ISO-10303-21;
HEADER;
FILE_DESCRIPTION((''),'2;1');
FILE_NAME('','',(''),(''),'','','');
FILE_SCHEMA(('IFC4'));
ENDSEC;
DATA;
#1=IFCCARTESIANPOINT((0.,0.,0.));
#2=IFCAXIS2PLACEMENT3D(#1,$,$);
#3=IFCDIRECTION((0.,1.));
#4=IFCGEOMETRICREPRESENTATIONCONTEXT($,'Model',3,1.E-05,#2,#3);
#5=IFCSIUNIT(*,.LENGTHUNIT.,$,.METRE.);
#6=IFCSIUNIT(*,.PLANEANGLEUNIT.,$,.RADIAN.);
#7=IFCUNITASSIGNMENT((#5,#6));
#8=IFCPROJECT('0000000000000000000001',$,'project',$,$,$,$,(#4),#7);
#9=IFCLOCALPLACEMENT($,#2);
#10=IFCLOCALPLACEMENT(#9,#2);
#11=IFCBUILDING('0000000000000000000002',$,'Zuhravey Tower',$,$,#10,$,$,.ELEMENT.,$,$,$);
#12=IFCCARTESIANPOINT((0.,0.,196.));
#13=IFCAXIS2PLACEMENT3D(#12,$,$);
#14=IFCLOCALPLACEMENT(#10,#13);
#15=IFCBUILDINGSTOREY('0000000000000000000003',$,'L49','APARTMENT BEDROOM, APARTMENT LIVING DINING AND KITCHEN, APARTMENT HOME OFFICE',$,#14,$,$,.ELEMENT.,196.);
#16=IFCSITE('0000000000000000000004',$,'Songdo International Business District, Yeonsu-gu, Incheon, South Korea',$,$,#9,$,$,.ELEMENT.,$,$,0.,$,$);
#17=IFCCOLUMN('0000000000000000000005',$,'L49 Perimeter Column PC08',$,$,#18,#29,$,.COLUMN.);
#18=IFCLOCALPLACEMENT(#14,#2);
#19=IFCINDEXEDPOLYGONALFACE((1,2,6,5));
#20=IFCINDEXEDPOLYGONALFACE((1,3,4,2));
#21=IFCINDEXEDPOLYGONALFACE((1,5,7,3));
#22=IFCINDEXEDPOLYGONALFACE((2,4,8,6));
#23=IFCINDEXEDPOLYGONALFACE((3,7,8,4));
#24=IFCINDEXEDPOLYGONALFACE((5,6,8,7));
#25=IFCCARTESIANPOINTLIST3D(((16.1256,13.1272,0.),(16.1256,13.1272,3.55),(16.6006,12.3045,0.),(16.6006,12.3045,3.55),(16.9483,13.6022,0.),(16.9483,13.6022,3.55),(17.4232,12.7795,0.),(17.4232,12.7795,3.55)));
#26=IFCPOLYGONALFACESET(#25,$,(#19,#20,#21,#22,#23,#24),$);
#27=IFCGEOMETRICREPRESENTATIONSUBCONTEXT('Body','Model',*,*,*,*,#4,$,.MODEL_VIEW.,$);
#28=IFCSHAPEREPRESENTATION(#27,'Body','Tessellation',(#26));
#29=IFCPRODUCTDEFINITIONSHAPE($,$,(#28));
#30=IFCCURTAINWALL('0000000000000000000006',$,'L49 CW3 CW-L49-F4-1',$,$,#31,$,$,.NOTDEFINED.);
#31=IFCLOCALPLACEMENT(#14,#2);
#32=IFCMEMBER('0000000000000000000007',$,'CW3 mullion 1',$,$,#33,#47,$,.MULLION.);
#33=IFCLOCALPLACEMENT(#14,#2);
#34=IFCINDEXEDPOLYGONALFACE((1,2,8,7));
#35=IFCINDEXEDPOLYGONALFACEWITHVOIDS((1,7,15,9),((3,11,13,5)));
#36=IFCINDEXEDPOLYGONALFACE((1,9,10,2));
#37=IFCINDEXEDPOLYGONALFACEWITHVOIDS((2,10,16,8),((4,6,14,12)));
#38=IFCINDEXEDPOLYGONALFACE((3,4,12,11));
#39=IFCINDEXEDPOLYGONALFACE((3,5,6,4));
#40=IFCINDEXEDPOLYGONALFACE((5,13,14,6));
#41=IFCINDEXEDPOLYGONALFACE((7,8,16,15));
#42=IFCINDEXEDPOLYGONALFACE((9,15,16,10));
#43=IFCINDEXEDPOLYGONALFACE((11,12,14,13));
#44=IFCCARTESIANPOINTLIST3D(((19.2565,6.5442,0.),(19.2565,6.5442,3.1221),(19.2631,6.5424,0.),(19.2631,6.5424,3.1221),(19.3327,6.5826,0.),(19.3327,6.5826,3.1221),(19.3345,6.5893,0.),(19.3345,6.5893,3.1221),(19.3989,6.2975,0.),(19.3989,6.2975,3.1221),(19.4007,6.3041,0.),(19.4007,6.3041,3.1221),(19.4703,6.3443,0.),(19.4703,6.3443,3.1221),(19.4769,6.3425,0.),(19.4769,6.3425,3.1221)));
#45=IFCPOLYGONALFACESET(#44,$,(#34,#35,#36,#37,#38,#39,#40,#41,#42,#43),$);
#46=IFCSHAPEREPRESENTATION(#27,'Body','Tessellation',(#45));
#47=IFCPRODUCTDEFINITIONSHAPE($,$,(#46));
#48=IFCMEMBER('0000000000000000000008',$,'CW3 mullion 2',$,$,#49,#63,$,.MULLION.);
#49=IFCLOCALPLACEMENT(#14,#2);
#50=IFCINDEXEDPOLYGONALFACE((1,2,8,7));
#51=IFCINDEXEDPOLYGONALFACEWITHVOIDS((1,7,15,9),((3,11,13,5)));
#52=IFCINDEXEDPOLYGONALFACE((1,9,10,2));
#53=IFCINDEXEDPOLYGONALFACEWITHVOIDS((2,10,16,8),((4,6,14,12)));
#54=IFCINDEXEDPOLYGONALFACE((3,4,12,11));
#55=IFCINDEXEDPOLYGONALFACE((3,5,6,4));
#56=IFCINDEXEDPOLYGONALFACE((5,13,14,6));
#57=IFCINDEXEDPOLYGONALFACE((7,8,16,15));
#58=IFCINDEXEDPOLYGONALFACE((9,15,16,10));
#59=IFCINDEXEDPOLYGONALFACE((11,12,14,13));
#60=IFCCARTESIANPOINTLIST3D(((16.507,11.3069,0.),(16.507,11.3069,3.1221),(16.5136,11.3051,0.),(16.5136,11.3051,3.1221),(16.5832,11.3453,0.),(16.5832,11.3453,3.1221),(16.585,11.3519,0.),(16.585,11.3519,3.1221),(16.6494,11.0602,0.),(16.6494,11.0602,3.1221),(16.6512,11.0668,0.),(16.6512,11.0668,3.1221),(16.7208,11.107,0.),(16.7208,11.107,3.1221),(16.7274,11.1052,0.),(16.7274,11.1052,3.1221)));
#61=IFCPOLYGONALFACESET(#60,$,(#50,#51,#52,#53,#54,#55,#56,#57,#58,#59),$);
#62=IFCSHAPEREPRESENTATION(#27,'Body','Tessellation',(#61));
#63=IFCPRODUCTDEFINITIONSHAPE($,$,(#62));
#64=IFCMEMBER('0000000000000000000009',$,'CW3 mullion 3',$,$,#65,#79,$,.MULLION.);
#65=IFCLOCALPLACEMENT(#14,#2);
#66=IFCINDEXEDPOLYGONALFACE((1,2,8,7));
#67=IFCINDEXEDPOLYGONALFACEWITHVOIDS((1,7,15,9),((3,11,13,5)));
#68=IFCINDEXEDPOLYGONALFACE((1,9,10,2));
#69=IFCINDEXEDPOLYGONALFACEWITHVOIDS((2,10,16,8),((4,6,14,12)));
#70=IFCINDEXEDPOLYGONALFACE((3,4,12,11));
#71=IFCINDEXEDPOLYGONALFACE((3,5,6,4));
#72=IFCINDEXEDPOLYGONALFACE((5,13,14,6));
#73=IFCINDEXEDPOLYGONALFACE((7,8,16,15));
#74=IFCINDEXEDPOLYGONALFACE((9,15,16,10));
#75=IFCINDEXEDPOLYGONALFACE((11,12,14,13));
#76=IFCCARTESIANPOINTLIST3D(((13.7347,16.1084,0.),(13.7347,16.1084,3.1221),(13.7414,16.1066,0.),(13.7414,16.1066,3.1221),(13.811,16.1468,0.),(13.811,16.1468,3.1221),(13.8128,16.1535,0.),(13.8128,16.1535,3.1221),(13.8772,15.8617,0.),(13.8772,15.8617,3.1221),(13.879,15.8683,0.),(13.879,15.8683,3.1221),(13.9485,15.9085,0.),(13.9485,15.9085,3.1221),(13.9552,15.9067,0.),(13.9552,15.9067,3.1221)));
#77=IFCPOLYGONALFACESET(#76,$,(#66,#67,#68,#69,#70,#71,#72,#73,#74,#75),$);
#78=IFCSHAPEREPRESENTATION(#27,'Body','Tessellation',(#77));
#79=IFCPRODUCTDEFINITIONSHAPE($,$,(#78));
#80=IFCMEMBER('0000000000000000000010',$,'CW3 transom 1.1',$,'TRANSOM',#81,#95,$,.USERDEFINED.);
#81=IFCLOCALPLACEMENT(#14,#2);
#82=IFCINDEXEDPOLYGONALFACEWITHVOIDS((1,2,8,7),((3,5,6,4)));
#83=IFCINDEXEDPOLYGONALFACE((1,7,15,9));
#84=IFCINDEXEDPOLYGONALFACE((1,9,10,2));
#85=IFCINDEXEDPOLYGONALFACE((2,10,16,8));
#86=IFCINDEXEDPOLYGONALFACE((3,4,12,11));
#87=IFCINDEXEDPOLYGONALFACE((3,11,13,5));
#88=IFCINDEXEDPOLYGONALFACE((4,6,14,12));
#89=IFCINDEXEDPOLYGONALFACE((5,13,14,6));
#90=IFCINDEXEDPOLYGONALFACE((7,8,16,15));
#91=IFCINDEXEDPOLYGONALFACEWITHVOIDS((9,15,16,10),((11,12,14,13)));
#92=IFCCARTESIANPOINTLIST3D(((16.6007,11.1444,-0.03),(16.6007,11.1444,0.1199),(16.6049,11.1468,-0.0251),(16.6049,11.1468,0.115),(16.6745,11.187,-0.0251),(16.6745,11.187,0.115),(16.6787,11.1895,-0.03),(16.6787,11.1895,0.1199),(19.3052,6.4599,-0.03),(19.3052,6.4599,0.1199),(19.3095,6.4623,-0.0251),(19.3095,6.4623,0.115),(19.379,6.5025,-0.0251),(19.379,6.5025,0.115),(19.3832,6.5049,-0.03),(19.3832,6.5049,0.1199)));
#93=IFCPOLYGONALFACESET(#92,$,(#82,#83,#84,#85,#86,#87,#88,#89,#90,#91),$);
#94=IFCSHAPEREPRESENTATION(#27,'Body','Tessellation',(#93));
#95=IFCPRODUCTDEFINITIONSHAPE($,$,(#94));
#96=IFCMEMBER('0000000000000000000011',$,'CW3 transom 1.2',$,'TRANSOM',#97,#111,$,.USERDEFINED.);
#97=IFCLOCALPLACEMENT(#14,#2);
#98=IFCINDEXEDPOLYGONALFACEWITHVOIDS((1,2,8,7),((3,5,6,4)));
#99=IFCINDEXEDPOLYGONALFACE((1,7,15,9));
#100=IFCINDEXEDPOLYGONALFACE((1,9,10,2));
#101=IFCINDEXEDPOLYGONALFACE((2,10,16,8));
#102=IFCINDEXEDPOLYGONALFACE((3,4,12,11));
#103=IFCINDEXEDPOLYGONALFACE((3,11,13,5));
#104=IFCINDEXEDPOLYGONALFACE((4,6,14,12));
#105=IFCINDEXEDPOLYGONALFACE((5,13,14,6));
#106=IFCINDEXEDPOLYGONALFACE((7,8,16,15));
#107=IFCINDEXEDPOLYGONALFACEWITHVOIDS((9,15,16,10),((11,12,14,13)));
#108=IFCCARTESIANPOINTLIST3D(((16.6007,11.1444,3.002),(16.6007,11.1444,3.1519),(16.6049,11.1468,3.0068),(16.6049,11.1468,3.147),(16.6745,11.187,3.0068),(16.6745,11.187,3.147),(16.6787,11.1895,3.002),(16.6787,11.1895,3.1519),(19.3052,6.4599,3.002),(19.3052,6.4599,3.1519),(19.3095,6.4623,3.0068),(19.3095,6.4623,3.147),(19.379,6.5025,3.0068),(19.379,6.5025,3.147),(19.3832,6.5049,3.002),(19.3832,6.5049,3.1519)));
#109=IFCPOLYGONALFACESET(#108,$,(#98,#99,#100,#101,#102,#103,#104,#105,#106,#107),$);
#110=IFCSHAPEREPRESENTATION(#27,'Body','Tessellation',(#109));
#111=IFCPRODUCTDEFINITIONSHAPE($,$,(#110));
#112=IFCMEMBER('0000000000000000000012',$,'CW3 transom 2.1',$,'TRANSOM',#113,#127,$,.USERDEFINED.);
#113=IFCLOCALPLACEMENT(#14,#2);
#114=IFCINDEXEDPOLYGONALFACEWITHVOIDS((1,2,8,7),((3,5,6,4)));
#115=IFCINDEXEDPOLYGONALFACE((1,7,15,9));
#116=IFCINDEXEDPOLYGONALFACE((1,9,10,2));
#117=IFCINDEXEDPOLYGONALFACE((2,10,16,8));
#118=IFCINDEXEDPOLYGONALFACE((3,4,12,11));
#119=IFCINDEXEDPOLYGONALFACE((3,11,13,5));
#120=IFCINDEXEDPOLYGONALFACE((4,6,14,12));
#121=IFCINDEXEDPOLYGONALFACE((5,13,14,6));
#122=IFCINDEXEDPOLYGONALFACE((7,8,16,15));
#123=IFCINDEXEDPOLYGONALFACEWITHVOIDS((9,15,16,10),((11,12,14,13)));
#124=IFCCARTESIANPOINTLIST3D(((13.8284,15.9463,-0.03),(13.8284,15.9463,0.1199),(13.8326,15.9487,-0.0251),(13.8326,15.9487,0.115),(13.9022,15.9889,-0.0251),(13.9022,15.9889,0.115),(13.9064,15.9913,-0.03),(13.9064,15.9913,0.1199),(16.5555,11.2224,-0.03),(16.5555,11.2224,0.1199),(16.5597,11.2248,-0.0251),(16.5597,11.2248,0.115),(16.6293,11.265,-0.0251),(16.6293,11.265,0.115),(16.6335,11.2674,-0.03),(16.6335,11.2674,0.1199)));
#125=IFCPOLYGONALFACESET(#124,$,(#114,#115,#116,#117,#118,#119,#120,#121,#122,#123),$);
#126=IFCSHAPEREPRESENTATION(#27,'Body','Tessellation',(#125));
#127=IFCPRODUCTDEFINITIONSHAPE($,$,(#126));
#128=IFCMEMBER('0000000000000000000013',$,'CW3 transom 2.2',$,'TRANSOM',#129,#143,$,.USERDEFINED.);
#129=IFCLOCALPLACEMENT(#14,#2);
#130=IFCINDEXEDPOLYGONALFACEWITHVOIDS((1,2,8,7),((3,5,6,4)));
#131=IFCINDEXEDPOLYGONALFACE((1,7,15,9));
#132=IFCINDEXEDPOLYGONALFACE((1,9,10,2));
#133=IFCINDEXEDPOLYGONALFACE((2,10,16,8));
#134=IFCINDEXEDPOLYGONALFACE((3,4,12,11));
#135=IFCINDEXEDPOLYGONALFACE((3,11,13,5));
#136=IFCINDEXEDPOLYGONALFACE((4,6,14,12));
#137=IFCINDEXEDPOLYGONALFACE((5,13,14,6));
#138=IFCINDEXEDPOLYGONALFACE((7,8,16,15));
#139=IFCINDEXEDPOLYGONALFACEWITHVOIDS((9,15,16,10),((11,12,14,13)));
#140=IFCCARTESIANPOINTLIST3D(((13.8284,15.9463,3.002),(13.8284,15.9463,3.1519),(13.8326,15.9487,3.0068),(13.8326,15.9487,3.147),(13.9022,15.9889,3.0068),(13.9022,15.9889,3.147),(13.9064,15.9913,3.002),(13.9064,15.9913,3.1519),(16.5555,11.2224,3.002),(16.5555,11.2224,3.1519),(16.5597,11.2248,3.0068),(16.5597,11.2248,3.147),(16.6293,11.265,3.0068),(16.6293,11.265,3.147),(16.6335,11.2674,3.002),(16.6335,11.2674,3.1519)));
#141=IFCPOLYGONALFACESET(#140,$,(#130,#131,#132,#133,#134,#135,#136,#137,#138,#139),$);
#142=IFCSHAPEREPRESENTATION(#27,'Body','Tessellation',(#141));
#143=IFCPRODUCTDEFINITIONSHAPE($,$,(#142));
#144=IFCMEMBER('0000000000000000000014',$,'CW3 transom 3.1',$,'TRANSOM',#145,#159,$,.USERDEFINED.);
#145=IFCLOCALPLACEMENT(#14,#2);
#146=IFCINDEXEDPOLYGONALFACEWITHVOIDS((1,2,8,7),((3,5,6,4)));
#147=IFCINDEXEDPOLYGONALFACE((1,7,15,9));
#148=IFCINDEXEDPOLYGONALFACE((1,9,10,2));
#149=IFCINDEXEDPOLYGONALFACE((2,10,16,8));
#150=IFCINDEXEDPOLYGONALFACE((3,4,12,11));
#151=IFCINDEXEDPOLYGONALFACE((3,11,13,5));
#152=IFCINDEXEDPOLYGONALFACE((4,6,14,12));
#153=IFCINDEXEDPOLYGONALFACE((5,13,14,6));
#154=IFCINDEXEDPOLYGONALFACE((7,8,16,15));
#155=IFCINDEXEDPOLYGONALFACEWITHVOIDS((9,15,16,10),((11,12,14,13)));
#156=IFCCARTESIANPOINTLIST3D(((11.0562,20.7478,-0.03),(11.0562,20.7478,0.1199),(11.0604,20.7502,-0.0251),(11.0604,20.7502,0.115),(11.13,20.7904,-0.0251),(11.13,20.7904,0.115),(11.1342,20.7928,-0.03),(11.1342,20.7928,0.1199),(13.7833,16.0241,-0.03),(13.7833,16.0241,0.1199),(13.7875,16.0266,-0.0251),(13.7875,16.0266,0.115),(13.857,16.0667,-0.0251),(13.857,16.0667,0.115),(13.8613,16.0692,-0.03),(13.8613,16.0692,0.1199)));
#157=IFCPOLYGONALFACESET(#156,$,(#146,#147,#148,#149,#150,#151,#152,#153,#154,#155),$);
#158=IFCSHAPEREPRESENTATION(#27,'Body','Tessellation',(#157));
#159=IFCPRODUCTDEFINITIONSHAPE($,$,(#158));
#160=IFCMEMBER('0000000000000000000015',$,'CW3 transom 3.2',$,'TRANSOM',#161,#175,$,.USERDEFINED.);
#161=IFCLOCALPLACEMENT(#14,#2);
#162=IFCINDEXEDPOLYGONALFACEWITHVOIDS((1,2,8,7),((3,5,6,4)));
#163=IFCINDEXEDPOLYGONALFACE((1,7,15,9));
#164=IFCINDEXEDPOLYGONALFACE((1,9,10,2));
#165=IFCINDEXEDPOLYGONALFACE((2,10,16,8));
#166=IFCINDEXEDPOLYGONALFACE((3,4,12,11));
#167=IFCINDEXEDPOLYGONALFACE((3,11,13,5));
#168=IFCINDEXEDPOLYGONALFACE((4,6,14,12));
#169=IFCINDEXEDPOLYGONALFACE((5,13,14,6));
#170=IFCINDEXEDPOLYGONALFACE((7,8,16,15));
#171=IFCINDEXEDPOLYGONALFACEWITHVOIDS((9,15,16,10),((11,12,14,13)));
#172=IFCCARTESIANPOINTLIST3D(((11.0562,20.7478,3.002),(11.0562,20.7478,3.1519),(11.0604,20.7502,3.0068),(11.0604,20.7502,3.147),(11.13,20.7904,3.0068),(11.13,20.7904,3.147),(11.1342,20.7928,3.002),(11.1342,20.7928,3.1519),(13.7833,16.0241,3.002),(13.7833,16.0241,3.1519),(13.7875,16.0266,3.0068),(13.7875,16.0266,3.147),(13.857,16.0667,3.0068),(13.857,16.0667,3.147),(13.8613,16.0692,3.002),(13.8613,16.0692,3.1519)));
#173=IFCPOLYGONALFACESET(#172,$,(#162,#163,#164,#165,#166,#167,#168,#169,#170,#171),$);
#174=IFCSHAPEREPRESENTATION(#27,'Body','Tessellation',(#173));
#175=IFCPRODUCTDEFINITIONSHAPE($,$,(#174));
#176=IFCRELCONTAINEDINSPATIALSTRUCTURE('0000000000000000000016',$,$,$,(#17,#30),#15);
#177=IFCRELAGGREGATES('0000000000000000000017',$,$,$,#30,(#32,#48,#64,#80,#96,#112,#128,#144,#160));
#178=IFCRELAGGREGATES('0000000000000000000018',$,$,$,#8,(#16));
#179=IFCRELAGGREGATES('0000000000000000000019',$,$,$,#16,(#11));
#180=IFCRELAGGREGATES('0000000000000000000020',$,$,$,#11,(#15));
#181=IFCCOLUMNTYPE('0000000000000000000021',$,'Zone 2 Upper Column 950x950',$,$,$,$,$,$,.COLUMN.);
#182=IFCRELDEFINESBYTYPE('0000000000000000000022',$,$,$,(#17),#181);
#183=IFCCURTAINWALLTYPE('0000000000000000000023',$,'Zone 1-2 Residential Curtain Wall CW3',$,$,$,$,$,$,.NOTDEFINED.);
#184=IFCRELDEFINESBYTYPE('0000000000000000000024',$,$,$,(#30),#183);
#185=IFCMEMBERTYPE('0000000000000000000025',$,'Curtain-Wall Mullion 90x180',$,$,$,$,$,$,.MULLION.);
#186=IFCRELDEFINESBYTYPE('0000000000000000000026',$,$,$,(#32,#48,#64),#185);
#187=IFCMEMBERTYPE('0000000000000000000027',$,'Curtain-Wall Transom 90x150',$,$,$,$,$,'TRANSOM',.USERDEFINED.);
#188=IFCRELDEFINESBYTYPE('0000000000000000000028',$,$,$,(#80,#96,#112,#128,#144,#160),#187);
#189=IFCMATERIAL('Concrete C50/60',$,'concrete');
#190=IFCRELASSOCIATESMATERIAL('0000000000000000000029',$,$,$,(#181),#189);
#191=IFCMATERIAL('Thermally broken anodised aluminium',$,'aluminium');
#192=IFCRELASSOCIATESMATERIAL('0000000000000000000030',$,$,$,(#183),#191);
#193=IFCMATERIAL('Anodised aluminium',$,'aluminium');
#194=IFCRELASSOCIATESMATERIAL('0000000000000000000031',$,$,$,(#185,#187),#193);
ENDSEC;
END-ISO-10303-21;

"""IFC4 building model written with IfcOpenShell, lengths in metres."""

from ifc_helpers import new_model, si_unit, direction, frame, origin, origin_2d, place, context, subcontext, project, spatial, rectangle, hollow_rectangle, extrude, material, material_profile, profile_set, type_object, element, aggregate, save


model = new_model("IFC4")

# Units and contexts
model_context = context("Model", 3, precision=1e-05, world=origin(), true_north=direction((0.0, 1.0)))
body_context = subcontext(model_context, "Body", "Model", "MODEL_VIEW")
ifc_project = project(units=[si_unit("LENGTHUNIT", "METRE"), si_unit("PLANEANGLEUNIT", "RADIAN")], contexts=[model_context])

# Site, building, storey
site_placement = place(None, origin())
site = spatial("IfcSite", under=ifc_project, at=site_placement, Name="Songdo International Business District, Yeonsu-gu, Incheon, South Korea", CompositionType="ELEMENT", RefElevation=0.0)
building_placement = place(site_placement, origin())
building = spatial("IfcBuilding", under=site, at=building_placement, Name="Zuhravey Tower", CompositionType="ELEMENT")
storey_placement = place(building_placement, frame((0.0, 0.0, 196.0)))
storey = spatial("IfcBuildingStorey", under=building, at=storey_placement, Name="L49", Description="APARTMENT BEDROOM, APARTMENT LIVING DINING AND KITCHEN, APARTMENT HOME OFFICE", CompositionType="ELEMENT", Elevation=196.0)

# Column
ifc_material_1 = material(Name="Concrete C50/60", Category="concrete")
ifc_material_profile_1 = material_profile(ifc_material_1, rectangle(XDim=0.95, YDim=0.95, at=origin_2d()), Name="RC-950x950")
ifc_profile_set_1 = profile_set([ifc_material_profile_1], Name="Concrete C50/60")
column_type = type_object("IfcColumnType", Name="Zone 2 Upper Column 950x950", PredefinedType="COLUMN", material=ifc_profile_set_1)
column_placement = place(storey_placement, frame((16.7744, 12.9534, 0.0), z_axis=(0.0, 0.0, 1.0), x_axis=(0.5, -0.866025, 0.0)))
element("IfcColumn", 1, at=column_placement, inside=storey, type_object=column_type, Name="L49 Perimeter Column PC08", PredefinedType="COLUMN", context=body_context, shape_type="SweptSolid", body=[
    extrude(rectangle(XDim=0.95, YDim=0.95, at=origin_2d()), origin(), (0.0, 0.0, 1.0), 3.55),
])

# Curtain wall, members
ifc_material_2 = material(Name="Thermally broken anodised aluminium", Category="aluminium")
curtain_wall_type = type_object("IfcCurtainWallType", Name="Zone 1-2 Residential Curtain Wall CW3", PredefinedType="NOTDEFINED", material=ifc_material_2)
curtain_wall_placement = place(storey_placement, origin())
curtain_wall = element("IfcCurtainWall", 2, at=curtain_wall_placement, inside=storey, type_object=curtain_wall_type, Name="L49 CW3 CW-L49-F4-1", PredefinedType="NOTDEFINED")
ifc_material_3 = material(Name="Anodised aluminium", Category="aluminium")
ifc_material_profile_2 = material_profile(ifc_material_3, hollow_rectangle(XDim=0.0901, YDim=0.2849, WallThickness=0.0049, at=origin_2d()), Name="ALU-RHS-90x285x5")
ifc_profile_set_2 = profile_set([ifc_material_profile_2], Name="Anodised aluminium")
member_type_1 = type_object("IfcMemberType", Name="Curtain-Wall Mullion 90x180", PredefinedType="MULLION", material=ifc_profile_set_2)
member_1_placement = place(storey_placement, frame((19.3667, 6.4434, 0.0), z_axis=(0.0, 0.0, 1.0), x_axis=(-0.866025, -0.5, 0.0)))
member_1 = element("IfcMember", 3, at=member_1_placement, type_object=member_type_1, Name="CW3 mullion 1", PredefinedType="MULLION", context=body_context, shape_type="SweptSolid", body=[
    extrude(hollow_rectangle(XDim=0.0901, YDim=0.2849, WallThickness=0.0049, at=origin_2d()), origin(), (0.0, 0.0, 1.0), 3.1221),
])
member_2_placement = place(storey_placement, frame((16.6172, 11.2061, 0.0), z_axis=(0.0, 0.0, 1.0), x_axis=(-0.866025, -0.5, 0.0)))
member_2 = element("IfcMember", 4, at=member_2_placement, type_object=member_type_1, Name="CW3 mullion 2", PredefinedType="MULLION", context=body_context, shape_type="SweptSolid", body=[
    extrude(hollow_rectangle(XDim=0.0901, YDim=0.2849, WallThickness=0.0049, at=origin_2d()), origin(), (0.0, 0.0, 1.0), 3.1221),
])
member_3_placement = place(storey_placement, frame((13.845, 16.0076, 0.0), z_axis=(0.0, 0.0, 1.0), x_axis=(-0.866025, -0.5, 0.0)))
member_3 = element("IfcMember", 5, at=member_3_placement, type_object=member_type_1, Name="CW3 mullion 3", PredefinedType="MULLION", context=body_context, shape_type="SweptSolid", body=[
    extrude(hollow_rectangle(XDim=0.0901, YDim=0.2849, WallThickness=0.0049, at=origin_2d()), origin(), (0.0, 0.0, 1.0), 3.1221),
])
ifc_material_profile_3 = material_profile(ifc_material_3, hollow_rectangle(XDim=0.0901, YDim=0.1499, WallThickness=0.0049, at=origin_2d()), Name="ALU-RHS-90x150x5")
ifc_profile_set_3 = profile_set([ifc_material_profile_3], Name="Anodised aluminium")
member_type_2 = type_object("IfcMemberType", Name="Curtain-Wall Transom 90x150", ElementType="TRANSOM", PredefinedType="USERDEFINED", material=ifc_profile_set_3)
member_4_placement = place(storey_placement, frame((19.3442, 6.4824, 0.0449), z_axis=(-0.499993, 0.866029, 0.0), x_axis=(-0.866029, -0.499993, 0.0)))
member_4 = element("IfcMember", 6, at=member_4_placement, type_object=member_type_2, Name="CW3 transom 1.1", ObjectType="TRANSOM", PredefinedType="USERDEFINED", context=body_context, shape_type="SweptSolid", body=[
    extrude(hollow_rectangle(XDim=0.0901, YDim=0.1499, WallThickness=0.0049, at=origin_2d()), origin(), (0.0, 0.0, 1.0), 5.4092),
])
member_5_placement = place(storey_placement, frame((19.3442, 6.4824, 3.0769), z_axis=(-0.499993, 0.866029, 0.0), x_axis=(-0.866029, -0.499993, 0.0)))
member_5 = element("IfcMember", 7, at=member_5_placement, type_object=member_type_2, Name="CW3 transom 1.2", ObjectType="TRANSOM", PredefinedType="USERDEFINED", context=body_context, shape_type="SweptSolid", body=[
    extrude(hollow_rectangle(XDim=0.0901, YDim=0.1499, WallThickness=0.0049, at=origin_2d()), origin(), (0.0, 0.0, 1.0), 5.4092),
])
member_6_placement = place(storey_placement, frame((16.5945, 11.2449, 0.0449), z_axis=(-0.499961, 0.866048, 0.0), x_axis=(-0.866048, -0.499961, 0.0)))
member_6 = element("IfcMember", 8, at=member_6_placement, type_object=member_type_2, Name="CW3 transom 2.1", ObjectType="TRANSOM", PredefinedType="USERDEFINED", context=body_context, shape_type="SweptSolid", body=[
    extrude(hollow_rectangle(XDim=0.0901, YDim=0.1499, WallThickness=0.0049, at=origin_2d()), origin(), (0.0, 0.0, 1.0), 5.4546),
])
member_7_placement = place(storey_placement, frame((16.5945, 11.2449, 3.0769), z_axis=(-0.499961, 0.866048, 0.0), x_axis=(-0.866048, -0.499961, 0.0)))
member_7 = element("IfcMember", 9, at=member_7_placement, type_object=member_type_2, Name="CW3 transom 2.2", ObjectType="TRANSOM", PredefinedType="USERDEFINED", context=body_context, shape_type="SweptSolid", body=[
    extrude(hollow_rectangle(XDim=0.0901, YDim=0.1499, WallThickness=0.0049, at=origin_2d()), origin(), (0.0, 0.0, 1.0), 5.4546),
])
member_8_placement = place(storey_placement, frame((13.8223, 16.0466, 0.0449), z_axis=(-0.499981, 0.866037, 0.0), x_axis=(-0.866037, -0.499981, 0.0)))
member_8 = element("IfcMember", 10, at=member_8_placement, type_object=member_type_2, Name="CW3 transom 3.1", ObjectType="TRANSOM", PredefinedType="USERDEFINED", context=body_context, shape_type="SweptSolid", body=[
    extrude(hollow_rectangle(XDim=0.0901, YDim=0.1499, WallThickness=0.0049, at=origin_2d()), origin(), (0.0, 0.0, 1.0), 5.4543),
])
member_9_placement = place(storey_placement, frame((13.8223, 16.0466, 3.0769), z_axis=(-0.499981, 0.866037, 0.0), x_axis=(-0.866037, -0.499981, 0.0)))
member_9 = element("IfcMember", 11, at=member_9_placement, type_object=member_type_2, Name="CW3 transom 3.2", ObjectType="TRANSOM", PredefinedType="USERDEFINED", context=body_context, shape_type="SweptSolid", body=[
    extrude(hollow_rectangle(XDim=0.0901, YDim=0.1499, WallThickness=0.0049, at=origin_2d()), origin(), (0.0, 0.0, 1.0), 5.4543),
])

aggregate(curtain_wall, [member_1, member_2, member_3, member_4, member_5, member_6, member_7, member_8, member_9])

save(model, "model.ifc")
